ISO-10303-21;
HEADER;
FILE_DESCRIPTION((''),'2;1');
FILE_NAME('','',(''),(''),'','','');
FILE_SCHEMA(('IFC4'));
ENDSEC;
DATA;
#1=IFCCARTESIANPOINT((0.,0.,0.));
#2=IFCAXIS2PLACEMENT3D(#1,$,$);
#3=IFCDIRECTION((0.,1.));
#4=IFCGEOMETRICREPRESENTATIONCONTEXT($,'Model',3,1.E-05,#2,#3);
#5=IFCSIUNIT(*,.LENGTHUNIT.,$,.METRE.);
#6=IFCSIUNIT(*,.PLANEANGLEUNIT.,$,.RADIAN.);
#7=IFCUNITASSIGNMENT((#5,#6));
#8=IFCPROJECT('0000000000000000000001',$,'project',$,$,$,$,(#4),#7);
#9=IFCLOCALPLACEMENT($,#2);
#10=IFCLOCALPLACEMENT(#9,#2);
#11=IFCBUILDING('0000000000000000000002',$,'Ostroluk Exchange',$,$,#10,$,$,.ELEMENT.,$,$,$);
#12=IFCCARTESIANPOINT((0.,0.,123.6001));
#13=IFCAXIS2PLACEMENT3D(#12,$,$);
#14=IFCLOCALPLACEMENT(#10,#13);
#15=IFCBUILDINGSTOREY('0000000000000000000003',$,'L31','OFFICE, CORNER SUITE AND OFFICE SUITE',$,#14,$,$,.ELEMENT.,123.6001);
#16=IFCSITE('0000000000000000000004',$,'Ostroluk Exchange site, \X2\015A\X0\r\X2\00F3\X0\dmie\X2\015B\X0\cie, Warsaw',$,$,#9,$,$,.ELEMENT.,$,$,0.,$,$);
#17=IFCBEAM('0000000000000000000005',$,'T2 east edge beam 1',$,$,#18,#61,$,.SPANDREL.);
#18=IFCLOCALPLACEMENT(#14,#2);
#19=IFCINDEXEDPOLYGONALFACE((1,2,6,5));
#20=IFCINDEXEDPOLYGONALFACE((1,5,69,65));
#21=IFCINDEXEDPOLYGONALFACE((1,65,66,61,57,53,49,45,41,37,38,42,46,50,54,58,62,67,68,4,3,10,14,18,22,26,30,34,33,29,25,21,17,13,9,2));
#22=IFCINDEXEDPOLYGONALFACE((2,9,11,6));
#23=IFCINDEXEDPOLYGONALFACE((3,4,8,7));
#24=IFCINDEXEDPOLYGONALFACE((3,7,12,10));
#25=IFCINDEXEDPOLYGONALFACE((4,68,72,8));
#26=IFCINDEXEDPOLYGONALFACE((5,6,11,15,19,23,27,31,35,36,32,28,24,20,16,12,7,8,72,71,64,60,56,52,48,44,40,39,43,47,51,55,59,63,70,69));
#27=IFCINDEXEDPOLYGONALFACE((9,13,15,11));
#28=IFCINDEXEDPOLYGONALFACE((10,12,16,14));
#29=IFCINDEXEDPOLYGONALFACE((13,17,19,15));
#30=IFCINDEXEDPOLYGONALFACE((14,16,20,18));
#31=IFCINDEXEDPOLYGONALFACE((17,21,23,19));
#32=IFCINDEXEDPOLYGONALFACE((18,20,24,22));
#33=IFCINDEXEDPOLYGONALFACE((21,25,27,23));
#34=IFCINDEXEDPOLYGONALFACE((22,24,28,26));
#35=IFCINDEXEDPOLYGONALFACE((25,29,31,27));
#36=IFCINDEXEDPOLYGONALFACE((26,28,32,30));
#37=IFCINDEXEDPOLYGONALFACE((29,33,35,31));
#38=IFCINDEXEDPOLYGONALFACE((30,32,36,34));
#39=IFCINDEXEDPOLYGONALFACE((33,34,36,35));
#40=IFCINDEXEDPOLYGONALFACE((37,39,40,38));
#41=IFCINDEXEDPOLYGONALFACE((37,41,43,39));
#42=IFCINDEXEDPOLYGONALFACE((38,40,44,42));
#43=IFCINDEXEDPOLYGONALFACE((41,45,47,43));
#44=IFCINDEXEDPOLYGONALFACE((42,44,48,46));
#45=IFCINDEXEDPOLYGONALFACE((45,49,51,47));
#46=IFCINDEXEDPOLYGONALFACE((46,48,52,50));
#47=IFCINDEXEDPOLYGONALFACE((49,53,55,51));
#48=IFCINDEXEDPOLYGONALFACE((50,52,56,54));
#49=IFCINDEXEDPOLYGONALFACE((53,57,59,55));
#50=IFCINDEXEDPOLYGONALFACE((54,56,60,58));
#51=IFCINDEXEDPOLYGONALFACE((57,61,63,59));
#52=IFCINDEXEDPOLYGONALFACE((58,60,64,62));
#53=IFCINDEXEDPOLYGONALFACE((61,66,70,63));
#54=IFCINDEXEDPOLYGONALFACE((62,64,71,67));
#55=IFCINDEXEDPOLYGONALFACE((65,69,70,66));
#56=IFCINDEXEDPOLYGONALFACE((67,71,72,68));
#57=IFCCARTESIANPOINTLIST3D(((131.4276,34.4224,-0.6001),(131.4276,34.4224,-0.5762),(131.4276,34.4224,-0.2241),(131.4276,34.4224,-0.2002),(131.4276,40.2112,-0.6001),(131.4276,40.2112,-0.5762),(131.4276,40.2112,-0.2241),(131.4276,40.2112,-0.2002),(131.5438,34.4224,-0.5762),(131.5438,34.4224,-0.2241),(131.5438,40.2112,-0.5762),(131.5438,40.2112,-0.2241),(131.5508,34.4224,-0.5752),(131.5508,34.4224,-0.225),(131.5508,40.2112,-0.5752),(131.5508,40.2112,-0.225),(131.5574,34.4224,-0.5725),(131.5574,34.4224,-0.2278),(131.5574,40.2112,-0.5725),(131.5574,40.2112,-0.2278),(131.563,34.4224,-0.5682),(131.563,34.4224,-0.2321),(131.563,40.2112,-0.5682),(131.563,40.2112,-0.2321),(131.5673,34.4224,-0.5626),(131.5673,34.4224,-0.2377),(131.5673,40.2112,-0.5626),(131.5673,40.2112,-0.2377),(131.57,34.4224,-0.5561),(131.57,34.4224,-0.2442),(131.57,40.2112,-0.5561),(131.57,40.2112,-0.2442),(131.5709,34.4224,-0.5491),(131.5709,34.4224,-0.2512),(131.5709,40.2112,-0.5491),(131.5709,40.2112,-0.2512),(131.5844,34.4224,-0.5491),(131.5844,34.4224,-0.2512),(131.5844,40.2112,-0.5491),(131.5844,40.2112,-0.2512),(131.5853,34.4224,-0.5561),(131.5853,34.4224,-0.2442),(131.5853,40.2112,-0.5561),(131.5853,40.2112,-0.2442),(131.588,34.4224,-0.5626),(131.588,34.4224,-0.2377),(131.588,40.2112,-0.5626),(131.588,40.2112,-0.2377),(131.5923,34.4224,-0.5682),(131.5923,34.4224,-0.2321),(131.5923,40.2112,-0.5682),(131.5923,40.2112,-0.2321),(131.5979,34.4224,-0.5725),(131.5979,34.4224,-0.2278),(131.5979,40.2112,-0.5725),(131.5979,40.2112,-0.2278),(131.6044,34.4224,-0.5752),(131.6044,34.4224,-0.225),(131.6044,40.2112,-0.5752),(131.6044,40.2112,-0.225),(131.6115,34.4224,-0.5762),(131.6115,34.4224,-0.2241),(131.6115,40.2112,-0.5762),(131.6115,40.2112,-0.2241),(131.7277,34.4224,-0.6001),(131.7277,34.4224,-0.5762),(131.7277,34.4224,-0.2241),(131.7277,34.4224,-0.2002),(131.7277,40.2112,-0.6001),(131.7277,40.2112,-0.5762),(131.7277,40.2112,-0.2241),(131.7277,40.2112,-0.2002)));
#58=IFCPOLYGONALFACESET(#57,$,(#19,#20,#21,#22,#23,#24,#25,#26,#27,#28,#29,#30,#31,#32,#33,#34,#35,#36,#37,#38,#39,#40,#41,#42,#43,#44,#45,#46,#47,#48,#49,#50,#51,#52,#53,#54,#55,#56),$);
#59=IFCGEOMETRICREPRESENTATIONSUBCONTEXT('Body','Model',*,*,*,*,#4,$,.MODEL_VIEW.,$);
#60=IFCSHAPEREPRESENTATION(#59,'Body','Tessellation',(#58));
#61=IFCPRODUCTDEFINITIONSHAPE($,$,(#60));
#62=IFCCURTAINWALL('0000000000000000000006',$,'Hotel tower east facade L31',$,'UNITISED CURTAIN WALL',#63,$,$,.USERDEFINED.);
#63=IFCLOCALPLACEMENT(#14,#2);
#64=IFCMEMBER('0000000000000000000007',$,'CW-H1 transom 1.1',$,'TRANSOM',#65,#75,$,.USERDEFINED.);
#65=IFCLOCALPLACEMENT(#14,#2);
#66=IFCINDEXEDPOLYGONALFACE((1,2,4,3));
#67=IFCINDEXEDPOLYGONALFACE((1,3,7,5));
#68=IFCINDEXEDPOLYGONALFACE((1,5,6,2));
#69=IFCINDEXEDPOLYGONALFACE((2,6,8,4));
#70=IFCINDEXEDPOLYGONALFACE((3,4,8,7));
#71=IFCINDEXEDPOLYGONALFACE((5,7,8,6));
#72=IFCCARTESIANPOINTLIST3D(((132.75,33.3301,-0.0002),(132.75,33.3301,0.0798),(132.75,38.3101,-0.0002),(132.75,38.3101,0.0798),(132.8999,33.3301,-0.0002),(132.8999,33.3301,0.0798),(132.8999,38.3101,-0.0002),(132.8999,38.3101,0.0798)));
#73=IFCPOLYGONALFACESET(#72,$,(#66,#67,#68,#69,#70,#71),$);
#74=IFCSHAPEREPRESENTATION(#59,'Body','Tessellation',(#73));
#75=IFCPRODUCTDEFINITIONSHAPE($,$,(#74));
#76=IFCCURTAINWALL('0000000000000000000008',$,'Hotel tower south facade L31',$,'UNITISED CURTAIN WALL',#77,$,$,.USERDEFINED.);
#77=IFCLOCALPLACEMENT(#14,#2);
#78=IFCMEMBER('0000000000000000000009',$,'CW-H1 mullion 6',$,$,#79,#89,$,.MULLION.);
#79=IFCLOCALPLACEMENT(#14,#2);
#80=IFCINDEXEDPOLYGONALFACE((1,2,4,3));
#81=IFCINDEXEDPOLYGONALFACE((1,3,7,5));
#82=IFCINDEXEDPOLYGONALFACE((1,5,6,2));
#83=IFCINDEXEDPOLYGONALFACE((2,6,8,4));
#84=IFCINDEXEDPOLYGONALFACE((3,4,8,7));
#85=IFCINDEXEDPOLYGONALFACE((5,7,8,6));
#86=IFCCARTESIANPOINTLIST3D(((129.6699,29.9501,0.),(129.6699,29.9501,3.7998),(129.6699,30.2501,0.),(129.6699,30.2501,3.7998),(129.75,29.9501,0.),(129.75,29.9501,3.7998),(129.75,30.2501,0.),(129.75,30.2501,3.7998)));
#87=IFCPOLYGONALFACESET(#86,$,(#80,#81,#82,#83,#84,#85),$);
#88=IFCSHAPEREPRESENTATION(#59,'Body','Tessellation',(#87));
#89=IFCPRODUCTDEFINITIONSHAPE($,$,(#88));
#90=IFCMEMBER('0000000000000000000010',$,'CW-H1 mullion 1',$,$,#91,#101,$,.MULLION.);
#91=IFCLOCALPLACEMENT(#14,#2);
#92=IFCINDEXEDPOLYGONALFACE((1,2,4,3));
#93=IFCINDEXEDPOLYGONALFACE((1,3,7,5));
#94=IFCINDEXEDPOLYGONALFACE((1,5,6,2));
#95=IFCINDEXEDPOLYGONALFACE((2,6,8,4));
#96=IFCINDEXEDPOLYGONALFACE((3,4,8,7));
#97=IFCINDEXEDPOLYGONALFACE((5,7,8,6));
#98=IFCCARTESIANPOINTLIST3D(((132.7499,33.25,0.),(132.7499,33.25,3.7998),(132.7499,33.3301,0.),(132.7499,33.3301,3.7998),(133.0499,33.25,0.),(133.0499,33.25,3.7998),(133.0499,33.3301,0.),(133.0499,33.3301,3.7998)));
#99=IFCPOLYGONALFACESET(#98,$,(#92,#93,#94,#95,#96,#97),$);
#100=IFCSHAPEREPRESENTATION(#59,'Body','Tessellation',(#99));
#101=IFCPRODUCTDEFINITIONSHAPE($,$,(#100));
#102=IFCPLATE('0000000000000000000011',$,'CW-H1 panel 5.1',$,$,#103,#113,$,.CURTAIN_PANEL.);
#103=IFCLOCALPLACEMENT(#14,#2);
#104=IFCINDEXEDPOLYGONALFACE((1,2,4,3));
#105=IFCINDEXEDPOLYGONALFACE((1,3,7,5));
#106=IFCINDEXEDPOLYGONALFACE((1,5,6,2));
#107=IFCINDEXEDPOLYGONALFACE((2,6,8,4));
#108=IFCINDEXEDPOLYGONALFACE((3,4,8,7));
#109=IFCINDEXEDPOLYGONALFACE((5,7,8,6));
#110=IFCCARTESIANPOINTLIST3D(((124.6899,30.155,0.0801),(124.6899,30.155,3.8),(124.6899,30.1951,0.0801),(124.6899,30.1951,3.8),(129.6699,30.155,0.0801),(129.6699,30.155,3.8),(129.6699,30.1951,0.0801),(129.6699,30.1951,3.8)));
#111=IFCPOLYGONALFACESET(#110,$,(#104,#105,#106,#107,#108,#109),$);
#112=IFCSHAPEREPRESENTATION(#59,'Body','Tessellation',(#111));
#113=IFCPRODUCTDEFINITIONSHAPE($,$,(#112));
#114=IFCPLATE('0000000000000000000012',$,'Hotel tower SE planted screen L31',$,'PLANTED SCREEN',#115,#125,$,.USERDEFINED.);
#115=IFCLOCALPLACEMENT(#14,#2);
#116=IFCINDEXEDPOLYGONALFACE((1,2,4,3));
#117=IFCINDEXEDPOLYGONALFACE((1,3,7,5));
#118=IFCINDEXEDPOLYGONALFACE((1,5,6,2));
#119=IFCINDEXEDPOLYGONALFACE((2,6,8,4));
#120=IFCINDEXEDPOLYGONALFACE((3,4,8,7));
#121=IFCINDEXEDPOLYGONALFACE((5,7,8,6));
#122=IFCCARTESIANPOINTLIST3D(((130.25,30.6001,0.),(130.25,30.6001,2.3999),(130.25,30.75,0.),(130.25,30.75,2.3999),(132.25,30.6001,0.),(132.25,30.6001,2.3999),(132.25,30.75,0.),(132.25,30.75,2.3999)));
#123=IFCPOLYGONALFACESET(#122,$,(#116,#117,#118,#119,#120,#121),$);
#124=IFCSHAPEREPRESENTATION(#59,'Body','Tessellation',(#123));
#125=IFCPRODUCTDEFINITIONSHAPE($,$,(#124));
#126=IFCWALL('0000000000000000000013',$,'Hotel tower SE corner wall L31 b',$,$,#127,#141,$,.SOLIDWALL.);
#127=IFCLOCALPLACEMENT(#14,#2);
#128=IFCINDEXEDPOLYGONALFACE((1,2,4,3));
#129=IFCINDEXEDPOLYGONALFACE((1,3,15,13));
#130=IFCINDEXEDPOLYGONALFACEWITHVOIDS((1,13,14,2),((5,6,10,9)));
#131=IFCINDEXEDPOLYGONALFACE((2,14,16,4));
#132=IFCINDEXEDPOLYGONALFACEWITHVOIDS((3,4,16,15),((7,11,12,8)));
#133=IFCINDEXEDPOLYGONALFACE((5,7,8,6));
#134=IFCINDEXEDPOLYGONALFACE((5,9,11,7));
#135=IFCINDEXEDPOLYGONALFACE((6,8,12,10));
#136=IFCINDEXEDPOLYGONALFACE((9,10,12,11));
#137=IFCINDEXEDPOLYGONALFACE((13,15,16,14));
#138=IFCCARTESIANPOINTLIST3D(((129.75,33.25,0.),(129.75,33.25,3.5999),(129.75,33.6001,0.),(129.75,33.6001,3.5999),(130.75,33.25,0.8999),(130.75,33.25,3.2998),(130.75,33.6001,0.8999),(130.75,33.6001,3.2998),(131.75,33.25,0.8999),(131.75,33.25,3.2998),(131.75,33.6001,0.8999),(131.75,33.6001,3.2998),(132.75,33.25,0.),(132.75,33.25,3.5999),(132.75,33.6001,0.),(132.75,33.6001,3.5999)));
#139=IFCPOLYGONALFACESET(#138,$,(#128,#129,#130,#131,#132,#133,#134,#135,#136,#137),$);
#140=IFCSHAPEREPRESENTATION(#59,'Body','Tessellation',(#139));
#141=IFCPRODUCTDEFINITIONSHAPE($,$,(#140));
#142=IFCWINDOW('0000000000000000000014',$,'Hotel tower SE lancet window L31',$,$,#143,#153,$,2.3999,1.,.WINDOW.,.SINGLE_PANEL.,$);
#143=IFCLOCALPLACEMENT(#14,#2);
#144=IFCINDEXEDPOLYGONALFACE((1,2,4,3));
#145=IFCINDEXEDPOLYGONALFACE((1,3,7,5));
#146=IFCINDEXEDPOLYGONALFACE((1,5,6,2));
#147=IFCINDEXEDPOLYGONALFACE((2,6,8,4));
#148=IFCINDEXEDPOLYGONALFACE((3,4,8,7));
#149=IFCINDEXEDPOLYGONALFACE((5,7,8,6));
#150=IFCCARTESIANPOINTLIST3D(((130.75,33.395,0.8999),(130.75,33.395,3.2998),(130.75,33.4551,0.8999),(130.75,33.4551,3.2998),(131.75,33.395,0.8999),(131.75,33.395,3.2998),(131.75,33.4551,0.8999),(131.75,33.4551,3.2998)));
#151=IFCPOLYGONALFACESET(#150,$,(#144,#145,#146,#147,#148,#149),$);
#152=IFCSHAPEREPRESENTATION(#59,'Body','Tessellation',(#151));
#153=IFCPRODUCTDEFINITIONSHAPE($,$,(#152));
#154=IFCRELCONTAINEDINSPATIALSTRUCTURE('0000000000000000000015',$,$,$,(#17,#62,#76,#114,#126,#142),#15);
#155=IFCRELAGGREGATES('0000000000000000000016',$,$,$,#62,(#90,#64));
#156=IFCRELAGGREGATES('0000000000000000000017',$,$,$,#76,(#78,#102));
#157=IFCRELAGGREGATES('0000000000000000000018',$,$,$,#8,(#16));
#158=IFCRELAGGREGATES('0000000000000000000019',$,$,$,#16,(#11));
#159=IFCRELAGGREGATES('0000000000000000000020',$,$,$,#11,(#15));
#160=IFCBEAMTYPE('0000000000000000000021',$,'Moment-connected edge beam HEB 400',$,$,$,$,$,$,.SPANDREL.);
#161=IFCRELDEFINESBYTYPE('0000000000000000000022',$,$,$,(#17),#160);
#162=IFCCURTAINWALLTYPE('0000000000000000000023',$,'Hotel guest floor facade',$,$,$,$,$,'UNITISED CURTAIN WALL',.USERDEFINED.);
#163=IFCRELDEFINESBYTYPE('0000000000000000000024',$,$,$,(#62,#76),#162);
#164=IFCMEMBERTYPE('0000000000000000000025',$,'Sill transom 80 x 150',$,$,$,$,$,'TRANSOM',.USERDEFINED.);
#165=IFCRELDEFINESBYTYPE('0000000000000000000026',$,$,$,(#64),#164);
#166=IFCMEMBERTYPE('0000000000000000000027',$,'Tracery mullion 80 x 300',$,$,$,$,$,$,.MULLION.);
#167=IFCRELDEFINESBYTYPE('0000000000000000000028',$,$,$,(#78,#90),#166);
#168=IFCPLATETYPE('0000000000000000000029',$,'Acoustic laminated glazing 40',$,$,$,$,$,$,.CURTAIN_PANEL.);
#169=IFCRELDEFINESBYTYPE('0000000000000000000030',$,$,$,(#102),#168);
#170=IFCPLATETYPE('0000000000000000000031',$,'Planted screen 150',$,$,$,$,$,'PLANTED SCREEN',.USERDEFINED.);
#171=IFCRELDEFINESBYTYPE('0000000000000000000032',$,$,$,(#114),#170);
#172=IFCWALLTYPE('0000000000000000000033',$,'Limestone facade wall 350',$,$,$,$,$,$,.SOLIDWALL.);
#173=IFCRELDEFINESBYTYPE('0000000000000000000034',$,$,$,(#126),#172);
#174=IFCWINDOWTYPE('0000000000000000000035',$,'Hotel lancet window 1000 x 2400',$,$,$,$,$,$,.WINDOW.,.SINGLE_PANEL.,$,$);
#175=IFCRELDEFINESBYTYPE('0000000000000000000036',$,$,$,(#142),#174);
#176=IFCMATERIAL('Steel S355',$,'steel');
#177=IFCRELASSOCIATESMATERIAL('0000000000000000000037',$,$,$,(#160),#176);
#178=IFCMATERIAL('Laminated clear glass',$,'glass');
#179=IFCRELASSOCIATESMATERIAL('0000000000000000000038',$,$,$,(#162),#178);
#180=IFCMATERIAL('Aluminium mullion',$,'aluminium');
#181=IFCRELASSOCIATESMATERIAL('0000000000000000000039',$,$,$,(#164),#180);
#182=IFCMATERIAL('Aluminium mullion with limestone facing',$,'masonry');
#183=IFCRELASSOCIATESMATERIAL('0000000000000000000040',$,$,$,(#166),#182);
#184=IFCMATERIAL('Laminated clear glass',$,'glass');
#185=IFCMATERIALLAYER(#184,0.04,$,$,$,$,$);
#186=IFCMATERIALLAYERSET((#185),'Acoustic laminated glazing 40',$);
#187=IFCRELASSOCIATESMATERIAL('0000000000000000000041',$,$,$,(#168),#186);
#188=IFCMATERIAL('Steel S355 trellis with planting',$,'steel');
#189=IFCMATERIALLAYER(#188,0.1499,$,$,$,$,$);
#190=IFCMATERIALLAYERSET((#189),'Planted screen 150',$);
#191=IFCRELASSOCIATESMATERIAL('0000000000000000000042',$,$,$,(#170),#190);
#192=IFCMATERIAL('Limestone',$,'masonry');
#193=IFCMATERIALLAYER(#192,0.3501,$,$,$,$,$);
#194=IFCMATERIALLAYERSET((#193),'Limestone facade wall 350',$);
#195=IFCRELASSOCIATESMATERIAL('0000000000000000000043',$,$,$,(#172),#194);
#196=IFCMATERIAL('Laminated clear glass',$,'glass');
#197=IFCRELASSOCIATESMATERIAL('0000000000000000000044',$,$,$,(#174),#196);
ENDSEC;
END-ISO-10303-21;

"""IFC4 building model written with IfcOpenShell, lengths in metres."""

from ifc_helpers import new_model, si_unit, direction, frame, frame_2d, origin, origin_2d, place, context, subcontext, project, spatial, rectangle, i_section, extrude, material, layer, layer_set, material_profile, profile_set, type_object, element, fill, aggregate, save


model = new_model("IFC4")

# Units and contexts
model_context = context("Model", 3, precision=1e-05, world=origin(), true_north=direction((0.0, 1.0)))
body_context = subcontext(model_context, "Body", "Model", "MODEL_VIEW")
ifc_project = project(units=[si_unit("LENGTHUNIT", "METRE"), si_unit("PLANEANGLEUNIT", "RADIAN")], contexts=[model_context])

# Site, building, storey
site_placement = place(None, origin())
site = spatial("IfcSite", under=ifc_project, at=site_placement, Name="Ostroluk Exchange site, Śródmieście, Warsaw", CompositionType="ELEMENT", RefElevation=0.0)
building_placement = place(site_placement, origin())
building = spatial("IfcBuilding", under=site, at=building_placement, Name="Ostroluk Exchange", CompositionType="ELEMENT")
storey_placement = place(building_placement, frame((0.0, 0.0, 123.6001)))
storey = spatial("IfcBuildingStorey", under=building, at=storey_placement, Name="L31", Description="OFFICE, CORNER SUITE AND OFFICE SUITE", CompositionType="ELEMENT", Elevation=123.6001)

# Beam
ifc_material_1 = material(Name="Steel S355", Category="steel")
ifc_material_profile_1 = material_profile(ifc_material_1, i_section(OverallWidth=0.3, OverallDepth=0.3999, WebThickness=0.0134, FlangeThickness=0.0239, FilletRadius=0.0271, at=origin_2d()), Name="HEB 400")
ifc_profile_set_1 = profile_set([ifc_material_profile_1], Name="Steel S355")
beam_type_1 = type_object("IfcBeamType", Name="Moment-connected edge beam HEB 400", PredefinedType="SPANDREL", material=ifc_profile_set_1)
beam_1_placement = place(storey_placement, frame((131.5776, 34.4224, -0.4001), z_axis=(0.0, 1.0, 0.0), x_axis=(-1.0, 0.0, 0.0)))
element("IfcBeam", 1, at=beam_1_placement, inside=storey, type_object=beam_type_1, Name="T2 east edge beam 1", PredefinedType="SPANDREL", context=body_context, shape_type="SweptSolid", body=[
    extrude(i_section(OverallWidth=0.3, OverallDepth=0.3999, WebThickness=0.0134, FlangeThickness=0.0239, FilletRadius=0.0271, at=origin_2d()), origin(), (0.0, 0.0, 1.0), 5.7888),
])

# Curtain walls, members
ifc_material_2 = material(Name="Laminated clear glass", Category="glass")
curtain_wall_type = type_object("IfcCurtainWallType", Name="Hotel guest floor facade", ElementType="UNITISED CURTAIN WALL", PredefinedType="USERDEFINED", material=ifc_material_2)
curtain_wall_1_placement = place(storey_placement, origin())
curtain_wall_1 = element("IfcCurtainWall", 2, at=curtain_wall_1_placement, inside=storey, type_object=curtain_wall_type, Name="Hotel tower east facade L31", ObjectType="UNITISED CURTAIN WALL", PredefinedType="USERDEFINED")
ifc_material_3 = material(Name="Aluminium mullion", Category="aluminium")
ifc_material_profile_2 = material_profile(ifc_material_3, rectangle(XDim=0.1499, YDim=0.0801, at=origin_2d()), Name="Sill transom 80 x 150")
ifc_profile_set_2 = profile_set([ifc_material_profile_2], Name="Aluminium mullion")
member_type_1 = type_object("IfcMemberType", Name="Sill transom 80 x 150", ElementType="TRANSOM", PredefinedType="USERDEFINED", material=ifc_profile_set_2)
member_1_placement = place(storey_placement, frame((132.825, 33.3301, 0.0398), z_axis=(0.0, 1.0, 0.0), x_axis=(-1.0, 0.0, 0.0)))
member_1 = element("IfcMember", 3, at=member_1_placement, type_object=member_type_1, Name="CW-H1 transom 1.1", ObjectType="TRANSOM", PredefinedType="USERDEFINED", context=body_context, shape_type="SweptSolid", body=[
    extrude(rectangle(XDim=0.1499, YDim=0.0801, at=origin_2d()), origin(), (0.0, 0.0, 1.0), 4.98),
])
curtain_wall_2_placement = place(storey_placement, origin())
curtain_wall_2 = element("IfcCurtainWall", 4, at=curtain_wall_2_placement, inside=storey, type_object=curtain_wall_type, Name="Hotel tower south facade L31", ObjectType="UNITISED CURTAIN WALL", PredefinedType="USERDEFINED")
ifc_material_4 = material(Name="Aluminium mullion with limestone facing", Category="masonry")
ifc_material_profile_3 = material_profile(ifc_material_4, rectangle(XDim=0.3, YDim=0.0801, at=origin_2d()), Name="Tracery mullion 80 x 300")
ifc_profile_set_3 = profile_set([ifc_material_profile_3], Name="Aluminium mullion with limestone facing")
member_type_2 = type_object("IfcMemberType", Name="Tracery mullion 80 x 300", PredefinedType="MULLION", material=ifc_profile_set_3)
member_2_placement = place(storey_placement, frame((129.71, 30.1001, 0.0), z_axis=(0.0, 0.0, 1.0), x_axis=(0.0, 1.0, 0.0)))
member_2 = element("IfcMember", 5, at=member_2_placement, type_object=member_type_2, Name="CW-H1 mullion 6", PredefinedType="MULLION", context=body_context, shape_type="SweptSolid", body=[
    extrude(rectangle(XDim=0.3, YDim=0.0801, at=origin_2d()), origin(), (0.0, 0.0, 1.0), 3.7998),
])

# Member
member_3_placement = place(storey_placement, frame((132.8999, 33.29, 0.0), z_axis=(0.0, 0.0, 1.0), x_axis=(-1.0, 0.0, 0.0)))
member_3 = element("IfcMember", 6, at=member_3_placement, type_object=member_type_2, Name="CW-H1 mullion 1", PredefinedType="MULLION", context=body_context, shape_type="SweptSolid", body=[
    extrude(rectangle(XDim=0.3, YDim=0.0801, at=origin_2d()), origin(), (0.0, 0.0, 1.0), 3.7998),
])
aggregate(curtain_wall_1, [member_3, member_1])

# Plates
ifc_material_5 = material(Name="Laminated clear glass", Category="glass")
ifc_layer_1 = layer(ifc_material_5, 0.04)
ifc_layer_set_1 = layer_set([ifc_layer_1], Name="Acoustic laminated glazing 40")
plate_type_1 = type_object("IfcPlateType", Name="Acoustic laminated glazing 40", PredefinedType="CURTAIN_PANEL", material=ifc_layer_set_1)
plate_1_placement = place(storey_placement, frame((127.1799, 30.175, 0.0801), z_axis=(0.0, 0.0, 1.0), x_axis=(1.0, 0.0, 0.0)))
plate_1 = element("IfcPlate", 7, at=plate_1_placement, type_object=plate_type_1, Name="CW-H1 panel 5.1", PredefinedType="CURTAIN_PANEL", context=body_context, shape_type="SweptSolid", body=[
    extrude(rectangle(XDim=4.98, YDim=0.04, at=origin_2d()), origin(), (0.0, 0.0, 1.0), 3.72),
])
aggregate(curtain_wall_2, [member_2, plate_1])
ifc_material_6 = material(Name="Steel S355 trellis with planting", Category="steel")
ifc_layer_2 = layer(ifc_material_6, 0.1499)
ifc_layer_set_2 = layer_set([ifc_layer_2], Name="Planted screen 150")
plate_type_2 = type_object("IfcPlateType", Name="Planted screen 150", ElementType="PLANTED SCREEN", PredefinedType="USERDEFINED", material=ifc_layer_set_2)
plate_2_placement = place(storey_placement, frame((131.25, 30.675, 0.0), z_axis=(0.0, 0.0, 1.0), x_axis=(1.0, 0.0, 0.0)))
element("IfcPlate", 8, at=plate_2_placement, inside=storey, type_object=plate_type_2, Name="Hotel tower SE planted screen L31", ObjectType="PLANTED SCREEN", PredefinedType="USERDEFINED", context=body_context, shape_type="SweptSolid", body=[
    extrude(rectangle(XDim=2.0, YDim=0.1499, at=origin_2d()), origin(), (0.0, 0.0, 1.0), 2.3999),
])

# Shared definitions
ifc_material_7 = material(Name="Limestone", Category="masonry")
ifc_layer_3 = layer(ifc_material_7, 0.3501)
ifc_layer_set_3 = layer_set([ifc_layer_3], Name="Limestone facade wall 350")
wall_type = type_object("IfcWallType", Name="Limestone facade wall 350", PredefinedType="SOLIDWALL", material=ifc_layer_set_3)

# Wall, opening, window
wall_1_placement = place(storey_placement, frame((129.75, 33.425, 0.0), z_axis=(0.0, 0.0, 1.0), x_axis=(1.0, 0.0, 0.0)))
wall_1 = element("IfcWall", 9, at=wall_1_placement, inside=storey, type_object=wall_type, Name="Hotel tower SE corner wall L31 b", PredefinedType="SOLIDWALL", context=body_context, shape_type="SweptSolid", body=[
    extrude(rectangle(XDim=3.0, YDim=0.3501, at=frame_2d((1.5, 0.0))), origin(), (0.0, 0.0, 1.0), 3.5999),
])
opening_1_placement = place(wall_1_placement, frame((1.0, 0.0, 0.8999)))
opening_1 = element("IfcOpeningElement", 10, at=opening_1_placement, cuts=wall_1, PredefinedType="OPENING", context=body_context, shape_type="SweptSolid", body=[
    extrude(rectangle(XDim=1.0, YDim=2.3999, at=frame_2d((0.5, 1.2))), frame((0.0, 0.1851, 0.0), z_axis=(0.0, -1.0, 0.0), x_axis=(1.0, 0.0, 0.0)), (0.0, 0.0, 1.0), 0.3701),
])
ifc_material_8 = material(Name="Laminated clear glass", Category="glass")
window_type = type_object("IfcWindowType", Name="Hotel lancet window 1000 x 2400", PartitioningType="SINGLE_PANEL", PredefinedType="WINDOW", material=ifc_material_8)
window_placement = place(opening_1_placement, origin())
window = element("IfcWindow", 11, at=window_placement, inside=storey, type_object=window_type, Name="Hotel tower SE lancet window L31", OverallHeight=2.3999, OverallWidth=1.0, PartitioningType="SINGLE_PANEL", PredefinedType="WINDOW", context=body_context, shape_type="SweptSolid", body=[
    extrude(rectangle(XDim=1.0, YDim=2.3999, at=frame_2d((0.5, 1.2))), frame((0.0, 0.03, 0.0), z_axis=(0.0, -1.0, 0.0), x_axis=(1.0, 0.0, 0.0)), (0.0, 0.0, 1.0), 0.0601),
])
fill(opening_1, window)

save(model, "model.ifc")
